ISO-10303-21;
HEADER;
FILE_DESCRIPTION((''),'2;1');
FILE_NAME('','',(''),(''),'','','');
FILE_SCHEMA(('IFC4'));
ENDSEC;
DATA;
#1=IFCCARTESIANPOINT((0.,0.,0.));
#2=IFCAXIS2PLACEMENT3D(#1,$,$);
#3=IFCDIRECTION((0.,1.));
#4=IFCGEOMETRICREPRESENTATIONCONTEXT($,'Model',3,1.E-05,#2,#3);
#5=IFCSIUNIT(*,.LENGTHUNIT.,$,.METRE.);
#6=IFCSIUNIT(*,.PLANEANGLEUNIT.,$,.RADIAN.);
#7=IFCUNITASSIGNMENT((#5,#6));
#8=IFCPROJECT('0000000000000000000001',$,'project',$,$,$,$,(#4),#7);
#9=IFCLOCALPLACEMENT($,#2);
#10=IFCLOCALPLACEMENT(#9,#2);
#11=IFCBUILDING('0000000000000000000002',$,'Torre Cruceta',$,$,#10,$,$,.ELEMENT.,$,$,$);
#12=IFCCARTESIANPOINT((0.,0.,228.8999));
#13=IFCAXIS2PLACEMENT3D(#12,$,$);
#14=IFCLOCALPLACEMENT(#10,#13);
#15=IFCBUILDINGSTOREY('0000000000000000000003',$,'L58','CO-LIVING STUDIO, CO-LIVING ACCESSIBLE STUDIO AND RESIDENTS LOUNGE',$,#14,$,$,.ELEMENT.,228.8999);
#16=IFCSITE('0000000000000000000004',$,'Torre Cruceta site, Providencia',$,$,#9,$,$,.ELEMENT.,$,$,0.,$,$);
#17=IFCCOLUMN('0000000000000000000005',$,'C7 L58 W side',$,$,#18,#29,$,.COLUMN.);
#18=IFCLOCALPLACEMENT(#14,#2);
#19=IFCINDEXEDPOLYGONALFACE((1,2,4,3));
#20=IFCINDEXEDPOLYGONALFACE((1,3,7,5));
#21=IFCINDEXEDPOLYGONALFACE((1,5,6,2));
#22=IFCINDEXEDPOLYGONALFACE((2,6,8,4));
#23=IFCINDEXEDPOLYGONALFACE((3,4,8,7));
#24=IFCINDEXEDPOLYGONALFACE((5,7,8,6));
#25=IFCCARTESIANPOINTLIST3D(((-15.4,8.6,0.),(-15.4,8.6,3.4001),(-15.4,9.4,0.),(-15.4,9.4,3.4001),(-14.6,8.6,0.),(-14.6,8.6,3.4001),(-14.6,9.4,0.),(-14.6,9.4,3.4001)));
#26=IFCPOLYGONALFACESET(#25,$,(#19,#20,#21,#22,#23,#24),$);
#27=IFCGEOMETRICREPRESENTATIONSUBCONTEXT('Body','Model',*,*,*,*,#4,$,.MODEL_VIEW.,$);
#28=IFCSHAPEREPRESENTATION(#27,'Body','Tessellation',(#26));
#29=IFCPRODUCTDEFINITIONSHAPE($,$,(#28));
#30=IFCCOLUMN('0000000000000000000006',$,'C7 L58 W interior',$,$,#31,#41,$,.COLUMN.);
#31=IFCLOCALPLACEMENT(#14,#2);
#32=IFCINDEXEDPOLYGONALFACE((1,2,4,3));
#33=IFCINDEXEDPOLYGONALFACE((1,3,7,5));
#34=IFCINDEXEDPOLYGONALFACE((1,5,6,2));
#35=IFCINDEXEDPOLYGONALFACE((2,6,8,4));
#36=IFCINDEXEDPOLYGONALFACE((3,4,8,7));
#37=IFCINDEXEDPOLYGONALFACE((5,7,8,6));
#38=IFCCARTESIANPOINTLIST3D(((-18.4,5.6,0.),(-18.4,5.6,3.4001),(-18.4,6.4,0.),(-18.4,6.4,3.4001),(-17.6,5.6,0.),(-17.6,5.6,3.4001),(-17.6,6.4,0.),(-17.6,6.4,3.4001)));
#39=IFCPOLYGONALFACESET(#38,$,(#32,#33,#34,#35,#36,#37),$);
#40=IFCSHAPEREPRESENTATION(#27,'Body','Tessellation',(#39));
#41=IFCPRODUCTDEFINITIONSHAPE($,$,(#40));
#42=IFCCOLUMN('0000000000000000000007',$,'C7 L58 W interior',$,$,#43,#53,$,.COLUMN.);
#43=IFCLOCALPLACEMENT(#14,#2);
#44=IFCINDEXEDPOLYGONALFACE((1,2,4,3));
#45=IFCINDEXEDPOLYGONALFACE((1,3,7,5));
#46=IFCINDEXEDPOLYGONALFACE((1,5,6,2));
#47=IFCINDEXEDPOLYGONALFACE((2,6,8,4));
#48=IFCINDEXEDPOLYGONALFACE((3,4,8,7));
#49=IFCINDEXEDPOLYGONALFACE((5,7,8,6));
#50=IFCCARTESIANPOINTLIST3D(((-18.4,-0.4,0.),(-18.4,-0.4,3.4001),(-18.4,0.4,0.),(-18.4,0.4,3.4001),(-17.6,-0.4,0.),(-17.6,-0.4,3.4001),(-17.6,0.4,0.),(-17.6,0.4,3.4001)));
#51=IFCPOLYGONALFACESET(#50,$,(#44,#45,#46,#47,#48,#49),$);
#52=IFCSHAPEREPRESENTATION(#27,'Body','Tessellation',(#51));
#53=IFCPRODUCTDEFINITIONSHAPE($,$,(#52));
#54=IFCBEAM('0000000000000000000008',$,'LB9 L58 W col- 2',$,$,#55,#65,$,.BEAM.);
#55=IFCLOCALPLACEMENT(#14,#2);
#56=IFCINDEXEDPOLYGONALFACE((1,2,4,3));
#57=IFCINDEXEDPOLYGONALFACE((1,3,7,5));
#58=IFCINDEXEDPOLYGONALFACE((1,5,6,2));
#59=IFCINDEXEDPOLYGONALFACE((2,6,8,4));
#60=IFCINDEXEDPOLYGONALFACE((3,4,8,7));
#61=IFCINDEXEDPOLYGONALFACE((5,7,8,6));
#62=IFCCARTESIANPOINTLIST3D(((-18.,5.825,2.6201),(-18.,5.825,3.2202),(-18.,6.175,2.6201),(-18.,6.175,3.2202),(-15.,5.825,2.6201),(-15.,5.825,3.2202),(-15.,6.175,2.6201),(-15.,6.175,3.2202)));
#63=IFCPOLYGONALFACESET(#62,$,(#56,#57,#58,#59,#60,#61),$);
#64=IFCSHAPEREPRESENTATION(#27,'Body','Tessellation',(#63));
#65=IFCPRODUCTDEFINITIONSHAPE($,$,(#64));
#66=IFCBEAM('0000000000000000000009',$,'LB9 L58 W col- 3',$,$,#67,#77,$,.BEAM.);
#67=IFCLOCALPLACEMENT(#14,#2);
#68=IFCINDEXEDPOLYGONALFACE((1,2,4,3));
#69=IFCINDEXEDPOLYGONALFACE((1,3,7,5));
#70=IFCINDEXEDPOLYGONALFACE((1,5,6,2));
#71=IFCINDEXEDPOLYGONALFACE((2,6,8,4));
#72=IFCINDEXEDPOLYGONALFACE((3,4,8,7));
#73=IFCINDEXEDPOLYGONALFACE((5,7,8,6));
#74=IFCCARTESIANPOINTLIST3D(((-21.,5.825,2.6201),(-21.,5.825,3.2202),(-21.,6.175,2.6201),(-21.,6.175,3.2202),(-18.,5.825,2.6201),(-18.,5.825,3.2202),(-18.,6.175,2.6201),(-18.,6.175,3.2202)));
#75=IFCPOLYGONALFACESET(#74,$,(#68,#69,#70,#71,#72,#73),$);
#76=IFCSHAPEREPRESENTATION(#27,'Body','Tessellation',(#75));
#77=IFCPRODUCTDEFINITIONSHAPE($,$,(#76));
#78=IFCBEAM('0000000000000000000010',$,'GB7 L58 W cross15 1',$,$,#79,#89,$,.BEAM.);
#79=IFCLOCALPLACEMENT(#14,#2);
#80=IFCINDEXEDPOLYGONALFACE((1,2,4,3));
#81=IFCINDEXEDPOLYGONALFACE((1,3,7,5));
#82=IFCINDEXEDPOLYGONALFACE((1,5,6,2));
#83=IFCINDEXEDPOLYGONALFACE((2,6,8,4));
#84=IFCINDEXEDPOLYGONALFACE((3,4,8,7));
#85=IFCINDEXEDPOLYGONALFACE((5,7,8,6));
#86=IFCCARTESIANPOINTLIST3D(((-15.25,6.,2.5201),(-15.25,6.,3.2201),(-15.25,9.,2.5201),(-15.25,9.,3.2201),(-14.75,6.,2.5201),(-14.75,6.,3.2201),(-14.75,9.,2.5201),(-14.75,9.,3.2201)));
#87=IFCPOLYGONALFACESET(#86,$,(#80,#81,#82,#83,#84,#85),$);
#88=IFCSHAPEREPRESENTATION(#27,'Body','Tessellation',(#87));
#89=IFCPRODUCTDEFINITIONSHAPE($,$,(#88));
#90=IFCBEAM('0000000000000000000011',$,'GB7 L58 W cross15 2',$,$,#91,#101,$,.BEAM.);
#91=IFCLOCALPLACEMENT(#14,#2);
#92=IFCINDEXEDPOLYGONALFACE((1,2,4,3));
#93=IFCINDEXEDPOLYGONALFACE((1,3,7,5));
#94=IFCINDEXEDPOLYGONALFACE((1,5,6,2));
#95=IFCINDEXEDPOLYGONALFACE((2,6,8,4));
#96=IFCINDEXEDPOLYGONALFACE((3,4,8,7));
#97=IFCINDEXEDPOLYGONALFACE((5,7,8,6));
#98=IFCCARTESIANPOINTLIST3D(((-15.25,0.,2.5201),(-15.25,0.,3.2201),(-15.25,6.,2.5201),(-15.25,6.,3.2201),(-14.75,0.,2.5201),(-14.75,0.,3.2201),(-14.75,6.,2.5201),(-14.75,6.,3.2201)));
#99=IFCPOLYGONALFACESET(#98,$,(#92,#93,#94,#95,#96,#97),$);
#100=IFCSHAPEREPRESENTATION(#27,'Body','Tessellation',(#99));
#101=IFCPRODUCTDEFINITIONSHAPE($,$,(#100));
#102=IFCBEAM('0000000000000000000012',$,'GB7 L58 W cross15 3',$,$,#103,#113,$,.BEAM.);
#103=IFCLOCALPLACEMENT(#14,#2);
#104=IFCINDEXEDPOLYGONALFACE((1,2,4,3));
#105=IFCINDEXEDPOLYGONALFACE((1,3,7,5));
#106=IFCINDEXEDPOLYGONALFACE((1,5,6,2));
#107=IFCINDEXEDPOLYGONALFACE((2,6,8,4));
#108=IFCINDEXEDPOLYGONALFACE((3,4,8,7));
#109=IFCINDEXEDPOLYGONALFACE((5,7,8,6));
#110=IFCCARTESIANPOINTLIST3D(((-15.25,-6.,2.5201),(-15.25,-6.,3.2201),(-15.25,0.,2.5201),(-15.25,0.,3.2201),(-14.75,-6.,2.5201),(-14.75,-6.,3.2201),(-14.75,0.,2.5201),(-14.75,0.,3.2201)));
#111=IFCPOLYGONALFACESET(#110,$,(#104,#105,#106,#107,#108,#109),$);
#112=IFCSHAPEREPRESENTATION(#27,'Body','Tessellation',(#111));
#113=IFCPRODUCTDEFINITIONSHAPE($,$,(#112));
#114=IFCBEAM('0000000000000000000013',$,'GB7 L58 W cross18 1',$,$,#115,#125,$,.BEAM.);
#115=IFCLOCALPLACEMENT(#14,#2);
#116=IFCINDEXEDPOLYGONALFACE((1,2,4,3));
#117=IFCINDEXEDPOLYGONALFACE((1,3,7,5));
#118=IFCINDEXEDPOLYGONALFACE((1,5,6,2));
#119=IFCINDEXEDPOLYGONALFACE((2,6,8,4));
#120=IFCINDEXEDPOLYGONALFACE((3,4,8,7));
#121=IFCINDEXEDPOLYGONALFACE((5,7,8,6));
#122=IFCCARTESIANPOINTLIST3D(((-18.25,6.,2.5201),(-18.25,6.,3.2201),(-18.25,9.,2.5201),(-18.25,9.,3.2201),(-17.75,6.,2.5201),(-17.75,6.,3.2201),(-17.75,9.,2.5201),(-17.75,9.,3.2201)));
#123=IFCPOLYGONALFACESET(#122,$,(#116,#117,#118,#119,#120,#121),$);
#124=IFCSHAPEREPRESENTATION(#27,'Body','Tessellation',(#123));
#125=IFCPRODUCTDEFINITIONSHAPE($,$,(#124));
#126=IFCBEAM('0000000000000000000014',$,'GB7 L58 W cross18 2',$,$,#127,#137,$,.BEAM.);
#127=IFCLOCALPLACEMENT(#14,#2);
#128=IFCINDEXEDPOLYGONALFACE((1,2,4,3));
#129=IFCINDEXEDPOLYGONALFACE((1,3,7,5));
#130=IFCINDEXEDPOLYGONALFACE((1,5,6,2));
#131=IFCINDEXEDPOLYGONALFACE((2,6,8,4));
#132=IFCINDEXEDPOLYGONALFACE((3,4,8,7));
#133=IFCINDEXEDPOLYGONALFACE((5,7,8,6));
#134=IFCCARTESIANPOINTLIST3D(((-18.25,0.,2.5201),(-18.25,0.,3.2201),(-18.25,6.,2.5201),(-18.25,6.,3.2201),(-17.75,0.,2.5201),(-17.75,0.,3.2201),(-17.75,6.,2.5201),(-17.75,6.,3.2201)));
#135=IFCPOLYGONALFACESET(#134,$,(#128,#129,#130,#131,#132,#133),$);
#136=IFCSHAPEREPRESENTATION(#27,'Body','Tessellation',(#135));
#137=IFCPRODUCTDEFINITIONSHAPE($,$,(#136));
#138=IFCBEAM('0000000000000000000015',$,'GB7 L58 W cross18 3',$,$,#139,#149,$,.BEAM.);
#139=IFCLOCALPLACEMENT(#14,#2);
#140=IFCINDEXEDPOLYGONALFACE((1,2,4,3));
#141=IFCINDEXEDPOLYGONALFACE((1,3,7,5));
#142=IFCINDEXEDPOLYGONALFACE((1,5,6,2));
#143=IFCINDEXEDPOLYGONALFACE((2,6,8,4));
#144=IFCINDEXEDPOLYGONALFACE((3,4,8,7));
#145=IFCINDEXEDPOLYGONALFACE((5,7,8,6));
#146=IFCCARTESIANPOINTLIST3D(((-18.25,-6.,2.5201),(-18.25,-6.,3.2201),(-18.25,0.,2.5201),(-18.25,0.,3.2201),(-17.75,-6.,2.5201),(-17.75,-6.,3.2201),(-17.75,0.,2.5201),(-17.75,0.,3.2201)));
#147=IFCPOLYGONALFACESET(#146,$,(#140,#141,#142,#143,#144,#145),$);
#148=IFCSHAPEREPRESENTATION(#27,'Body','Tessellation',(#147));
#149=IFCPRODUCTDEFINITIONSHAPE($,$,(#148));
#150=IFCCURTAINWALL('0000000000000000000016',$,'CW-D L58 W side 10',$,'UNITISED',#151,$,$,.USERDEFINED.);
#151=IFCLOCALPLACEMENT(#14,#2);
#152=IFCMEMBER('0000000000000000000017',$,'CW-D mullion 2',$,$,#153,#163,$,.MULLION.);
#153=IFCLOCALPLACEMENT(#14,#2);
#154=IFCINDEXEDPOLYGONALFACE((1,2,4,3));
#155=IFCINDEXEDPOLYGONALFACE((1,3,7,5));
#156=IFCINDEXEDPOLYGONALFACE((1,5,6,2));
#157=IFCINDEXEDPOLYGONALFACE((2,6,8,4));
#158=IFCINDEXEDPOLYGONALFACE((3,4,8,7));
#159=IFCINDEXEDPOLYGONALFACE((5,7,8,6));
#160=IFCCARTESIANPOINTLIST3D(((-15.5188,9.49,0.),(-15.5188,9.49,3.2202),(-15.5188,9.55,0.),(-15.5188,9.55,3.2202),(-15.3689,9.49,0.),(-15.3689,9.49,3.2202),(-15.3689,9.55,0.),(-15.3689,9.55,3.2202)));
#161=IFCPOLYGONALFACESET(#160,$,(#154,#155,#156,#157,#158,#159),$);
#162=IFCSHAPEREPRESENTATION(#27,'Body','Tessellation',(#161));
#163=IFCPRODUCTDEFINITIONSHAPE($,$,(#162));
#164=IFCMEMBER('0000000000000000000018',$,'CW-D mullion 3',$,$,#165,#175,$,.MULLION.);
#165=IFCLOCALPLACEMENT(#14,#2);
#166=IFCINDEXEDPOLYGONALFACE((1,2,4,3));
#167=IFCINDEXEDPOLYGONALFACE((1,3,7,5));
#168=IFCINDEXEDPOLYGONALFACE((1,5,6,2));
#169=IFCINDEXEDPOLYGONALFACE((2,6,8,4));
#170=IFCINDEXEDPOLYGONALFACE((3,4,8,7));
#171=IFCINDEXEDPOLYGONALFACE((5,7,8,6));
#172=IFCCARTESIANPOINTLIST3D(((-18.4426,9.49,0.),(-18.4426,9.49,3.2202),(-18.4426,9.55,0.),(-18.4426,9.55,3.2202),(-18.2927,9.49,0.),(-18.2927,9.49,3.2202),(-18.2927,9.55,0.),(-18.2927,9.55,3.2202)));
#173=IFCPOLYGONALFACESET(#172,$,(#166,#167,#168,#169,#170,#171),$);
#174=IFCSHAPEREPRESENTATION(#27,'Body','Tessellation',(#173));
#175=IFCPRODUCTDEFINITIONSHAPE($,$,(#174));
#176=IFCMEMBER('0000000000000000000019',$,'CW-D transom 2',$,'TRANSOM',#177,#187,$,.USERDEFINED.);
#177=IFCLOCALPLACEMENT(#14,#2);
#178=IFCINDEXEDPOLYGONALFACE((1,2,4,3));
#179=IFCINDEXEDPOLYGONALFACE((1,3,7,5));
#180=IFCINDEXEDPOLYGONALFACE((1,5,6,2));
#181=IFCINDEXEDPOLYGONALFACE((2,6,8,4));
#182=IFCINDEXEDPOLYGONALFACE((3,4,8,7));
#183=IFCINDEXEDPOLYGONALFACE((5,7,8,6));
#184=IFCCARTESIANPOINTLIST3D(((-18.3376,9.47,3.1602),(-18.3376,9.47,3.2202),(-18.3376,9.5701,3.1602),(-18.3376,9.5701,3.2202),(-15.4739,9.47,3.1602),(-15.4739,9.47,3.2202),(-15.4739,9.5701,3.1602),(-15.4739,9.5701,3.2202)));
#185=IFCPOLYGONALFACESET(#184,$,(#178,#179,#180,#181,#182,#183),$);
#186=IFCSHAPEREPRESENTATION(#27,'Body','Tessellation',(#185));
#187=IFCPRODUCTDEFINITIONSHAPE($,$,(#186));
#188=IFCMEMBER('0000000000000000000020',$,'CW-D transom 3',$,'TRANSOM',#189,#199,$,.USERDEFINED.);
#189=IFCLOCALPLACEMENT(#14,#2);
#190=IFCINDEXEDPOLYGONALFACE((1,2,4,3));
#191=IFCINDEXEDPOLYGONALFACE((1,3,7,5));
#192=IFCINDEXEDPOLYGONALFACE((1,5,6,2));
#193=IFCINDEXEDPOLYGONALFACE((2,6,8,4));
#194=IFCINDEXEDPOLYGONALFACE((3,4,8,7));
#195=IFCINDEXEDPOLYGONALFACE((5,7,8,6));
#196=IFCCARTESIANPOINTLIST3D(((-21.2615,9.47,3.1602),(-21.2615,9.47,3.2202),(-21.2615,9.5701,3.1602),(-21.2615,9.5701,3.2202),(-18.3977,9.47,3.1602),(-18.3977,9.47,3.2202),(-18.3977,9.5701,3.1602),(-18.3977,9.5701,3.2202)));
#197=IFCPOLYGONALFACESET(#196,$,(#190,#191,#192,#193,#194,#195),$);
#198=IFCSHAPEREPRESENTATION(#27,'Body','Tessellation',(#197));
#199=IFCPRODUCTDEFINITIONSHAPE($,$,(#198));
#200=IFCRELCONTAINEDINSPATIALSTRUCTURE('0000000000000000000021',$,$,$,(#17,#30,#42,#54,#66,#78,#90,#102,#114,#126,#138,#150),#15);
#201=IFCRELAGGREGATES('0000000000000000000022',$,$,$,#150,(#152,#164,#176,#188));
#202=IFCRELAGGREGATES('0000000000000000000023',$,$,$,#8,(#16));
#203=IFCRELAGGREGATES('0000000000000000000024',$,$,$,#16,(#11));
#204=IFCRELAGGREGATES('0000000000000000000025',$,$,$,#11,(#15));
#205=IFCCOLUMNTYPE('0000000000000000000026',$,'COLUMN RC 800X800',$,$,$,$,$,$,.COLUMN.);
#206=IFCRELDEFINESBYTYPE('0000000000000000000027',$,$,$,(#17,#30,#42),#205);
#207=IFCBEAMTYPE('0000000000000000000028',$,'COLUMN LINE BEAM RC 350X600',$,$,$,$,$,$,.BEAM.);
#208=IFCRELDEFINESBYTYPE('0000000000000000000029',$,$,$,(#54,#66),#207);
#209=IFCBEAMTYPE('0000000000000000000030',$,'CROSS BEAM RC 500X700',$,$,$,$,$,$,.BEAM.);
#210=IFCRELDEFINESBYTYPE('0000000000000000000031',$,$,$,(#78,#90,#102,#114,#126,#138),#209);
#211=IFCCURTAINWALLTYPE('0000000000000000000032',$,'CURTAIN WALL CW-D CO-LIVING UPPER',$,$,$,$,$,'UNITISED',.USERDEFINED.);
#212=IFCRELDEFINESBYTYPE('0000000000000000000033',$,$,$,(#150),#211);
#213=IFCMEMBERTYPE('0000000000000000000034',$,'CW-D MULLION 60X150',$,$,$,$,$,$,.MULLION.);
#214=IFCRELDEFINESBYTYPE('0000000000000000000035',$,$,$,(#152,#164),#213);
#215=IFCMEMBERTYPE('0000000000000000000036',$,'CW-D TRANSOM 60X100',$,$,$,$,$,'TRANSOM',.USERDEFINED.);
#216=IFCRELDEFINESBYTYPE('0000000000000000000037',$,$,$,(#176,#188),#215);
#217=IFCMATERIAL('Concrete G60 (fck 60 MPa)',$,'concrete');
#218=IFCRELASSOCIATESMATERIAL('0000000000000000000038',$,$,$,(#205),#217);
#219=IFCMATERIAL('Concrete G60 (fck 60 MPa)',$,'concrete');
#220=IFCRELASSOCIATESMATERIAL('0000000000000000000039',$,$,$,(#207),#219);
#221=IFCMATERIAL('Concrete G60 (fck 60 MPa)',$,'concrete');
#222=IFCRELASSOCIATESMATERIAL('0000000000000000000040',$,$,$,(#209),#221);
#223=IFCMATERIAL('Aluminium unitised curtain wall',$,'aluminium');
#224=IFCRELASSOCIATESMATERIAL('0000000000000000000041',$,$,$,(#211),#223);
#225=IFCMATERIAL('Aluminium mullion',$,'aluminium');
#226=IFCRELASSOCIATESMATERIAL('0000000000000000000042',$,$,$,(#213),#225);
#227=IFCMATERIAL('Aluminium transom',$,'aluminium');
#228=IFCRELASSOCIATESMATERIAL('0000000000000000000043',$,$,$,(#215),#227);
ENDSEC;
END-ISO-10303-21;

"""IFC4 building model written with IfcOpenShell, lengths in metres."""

from ifc_helpers import new_model, si_unit, direction, frame, origin, origin_2d, place, context, subcontext, project, spatial, rectangle, extrude, material, material_profile, profile_set, type_object, element, aggregate, save


model = new_model("IFC4")

# Units and contexts
model_context = context("Model", 3, precision=1e-05, world=origin(), true_north=direction((0.0, 1.0)))
body_context = subcontext(model_context, "Body", "Model", "MODEL_VIEW")
ifc_project = project(units=[si_unit("LENGTHUNIT", "METRE"), si_unit("PLANEANGLEUNIT", "RADIAN")], contexts=[model_context])

# Site, building, storey
site_placement = place(None, origin())
site = spatial("IfcSite", under=ifc_project, at=site_placement, Name="Torre Cruceta site, Providencia", CompositionType="ELEMENT", RefElevation=0.0)
building_placement = place(site_placement, origin())
building = spatial("IfcBuilding", under=site, at=building_placement, Name="Torre Cruceta", CompositionType="ELEMENT")
storey_placement = place(building_placement, frame((0.0, 0.0, 228.8999)))
storey = spatial("IfcBuildingStorey", under=building, at=storey_placement, Name="L58", Description="CO-LIVING STUDIO, CO-LIVING ACCESSIBLE STUDIO AND RESIDENTS LOUNGE", CompositionType="ELEMENT", Elevation=228.8999)

# Columns
ifc_material_1 = material(Name="Concrete G60 (fck 60 MPa)", Category="concrete")
ifc_material_profile_1 = material_profile(ifc_material_1, rectangle(XDim=0.8, YDim=0.8, at=origin_2d()), Name="RC 800X800")
ifc_profile_set_1 = profile_set([ifc_material_profile_1], Name="Concrete G60 (fck 60 MPa)")
column_type = type_object("IfcColumnType", Name="COLUMN RC 800X800", PredefinedType="COLUMN", material=ifc_profile_set_1)
for number, where, z_axis, x_axis, name in (
    (1, (-15.0, 9.0, 0.0), (0.0, 0.0, 1.0), (1.0, 0.0, 0.0), "C7 L58 W side"),
    (2, (-18.0, 6.0, 0.0), (0.0, 0.0, 1.0), (1.0, 0.0, 0.0), "C7 L58 W interior"),
    (3, (-18.0, 0.0, 0.0), (0.0, 0.0, 1.0), (1.0, 0.0, 0.0), "C7 L58 W interior"),
):
    element("IfcColumn", number, at=place(storey_placement, frame(where, z_axis=z_axis, x_axis=x_axis)), inside=storey, type_object=column_type, Name=name, PredefinedType="COLUMN", context=body_context, shape_type="SweptSolid", body=[
        extrude(rectangle(XDim=0.8, YDim=0.8, at=origin_2d()), origin(), (0.0, 0.0, 1.0), 3.4001),
    ])

# Beams
ifc_material_2 = material(Name="Concrete G60 (fck 60 MPa)", Category="concrete")
ifc_material_profile_2 = material_profile(ifc_material_2, rectangle(XDim=0.3501, YDim=0.6001, at=origin_2d()), Name="RC 350X600")
ifc_profile_set_2 = profile_set([ifc_material_profile_2], Name="Concrete G60 (fck 60 MPa)")
beam_type_1 = type_object("IfcBeamType", Name="COLUMN LINE BEAM RC 350X600", PredefinedType="BEAM", material=ifc_profile_set_2)
for number, where, z_axis, x_axis, name in (
    (4, (-15.0, 6.0, 2.9202), (-1.0, 0.0, 0.0), (0.0, -1.0, 0.0), "LB9 L58 W col- 2"),
    (5, (-18.0, 6.0, 2.9202), (-1.0, 0.0, 0.0), (0.0, -1.0, 0.0), "LB9 L58 W col- 3"),
):
    element("IfcBeam", number, at=place(storey_placement, frame(where, z_axis=z_axis, x_axis=x_axis)), inside=storey, type_object=beam_type_1, Name=name, PredefinedType="BEAM", context=body_context, shape_type="SweptSolid", body=[
        extrude(rectangle(XDim=0.3501, YDim=0.6001, at=origin_2d()), origin(), (0.0, 0.0, 1.0), 3.0),
    ])
ifc_material_3 = material(Name="Concrete G60 (fck 60 MPa)", Category="concrete")
ifc_material_profile_3 = material_profile(ifc_material_3, rectangle(XDim=0.5, YDim=0.7, at=origin_2d()), Name="RC 500X700")
ifc_profile_set_3 = profile_set([ifc_material_profile_3], Name="Concrete G60 (fck 60 MPa)")
beam_type_2 = type_object("IfcBeamType", Name="CROSS BEAM RC 500X700", PredefinedType="BEAM", material=ifc_profile_set_3)
beam_1_placement = place(storey_placement, frame((-15.0, 9.0, 2.8701), z_axis=(0.0, -1.0, 0.0), x_axis=(1.0, 0.0, 0.0)))
element("IfcBeam", 6, at=beam_1_placement, inside=storey, type_object=beam_type_2, Name="GB7 L58 W cross15 1", PredefinedType="BEAM", context=body_context, shape_type="SweptSolid", body=[
    extrude(rectangle(XDim=0.5, YDim=0.7, at=origin_2d()), origin(), (0.0, 0.0, 1.0), 3.0),
])
for number, where, z_axis, x_axis, name in (
    (7, (-15.0, 6.0, 2.8701), (0.0, -1.0, 0.0), (1.0, 0.0, 0.0), "GB7 L58 W cross15 2"),
    (8, (-15.0, 0.0, 2.8701), (0.0, -1.0, 0.0), (1.0, 0.0, 0.0), "GB7 L58 W cross15 3"),
):
    element("IfcBeam", number, at=place(storey_placement, frame(where, z_axis=z_axis, x_axis=x_axis)), inside=storey, type_object=beam_type_2, Name=name, PredefinedType="BEAM", context=body_context, shape_type="SweptSolid", body=[
        extrude(rectangle(XDim=0.5, YDim=0.7, at=origin_2d()), origin(), (0.0, 0.0, 1.0), 6.0),
    ])
beam_2_placement = place(storey_placement, frame((-18.0, 9.0, 2.8701), z_axis=(0.0, -1.0, 0.0), x_axis=(1.0, 0.0, 0.0)))
element("IfcBeam", 9, at=beam_2_placement, inside=storey, type_object=beam_type_2, Name="GB7 L58 W cross18 1", PredefinedType="BEAM", context=body_context, shape_type="SweptSolid", body=[
    extrude(rectangle(XDim=0.5, YDim=0.7, at=origin_2d()), origin(), (0.0, 0.0, 1.0), 3.0),
])
for number, where, z_axis, x_axis, name in (
    (10, (-18.0, 6.0, 2.8701), (0.0, -1.0, 0.0), (1.0, 0.0, 0.0), "GB7 L58 W cross18 2"),
    (11, (-18.0, 0.0, 2.8701), (0.0, -1.0, 0.0), (1.0, 0.0, 0.0), "GB7 L58 W cross18 3"),
):
    element("IfcBeam", number, at=place(storey_placement, frame(where, z_axis=z_axis, x_axis=x_axis)), inside=storey, type_object=beam_type_2, Name=name, PredefinedType="BEAM", context=body_context, shape_type="SweptSolid", body=[
        extrude(rectangle(XDim=0.5, YDim=0.7, at=origin_2d()), origin(), (0.0, 0.0, 1.0), 6.0),
    ])

# Curtain wall, members
ifc_material_4 = material(Name="Aluminium unitised curtain wall", Category="aluminium")
curtain_wall_type = type_object("IfcCurtainWallType", Name="CURTAIN WALL CW-D CO-LIVING UPPER", ElementType="UNITISED", PredefinedType="USERDEFINED", material=ifc_material_4)
curtain_wall_placement = place(storey_placement, origin())
curtain_wall = element("IfcCurtainWall", 12, at=curtain_wall_placement, inside=storey, type_object=curtain_wall_type, Name="CW-D L58 W side 10", ObjectType="UNITISED", PredefinedType="USERDEFINED")
ifc_material_5 = material(Name="Aluminium mullion", Category="aluminium")
ifc_material_profile_4 = material_profile(ifc_material_5, rectangle(XDim=0.0601, YDim=0.1499, at=origin_2d()), Name="AL 60X150")
ifc_profile_set_4 = profile_set([ifc_material_profile_4], Name="Aluminium mullion")
member_type_1 = type_object("IfcMemberType", Name="CW-D MULLION 60X150", PredefinedType="MULLION", material=ifc_profile_set_4)
member_1_placement = place(storey_placement, frame((-15.4438, 9.52, 0.0), z_axis=(0.0, 0.0, 1.0), x_axis=(0.0, -1.0, 0.0)))
member_1 = element("IfcMember", 13, at=member_1_placement, type_object=member_type_1, Name="CW-D mullion 2", PredefinedType="MULLION", context=body_context, shape_type="SweptSolid", body=[
    extrude(rectangle(XDim=0.0601, YDim=0.1499, at=origin_2d()), origin(), (0.0, 0.0, 1.0), 3.2202),
])
member_2_placement = place(storey_placement, frame((-18.3677, 9.52, 0.0), z_axis=(0.0, 0.0, 1.0), x_axis=(0.0, -1.0, 0.0)))
member_2 = element("IfcMember", 14, at=member_2_placement, type_object=member_type_1, Name="CW-D mullion 3", PredefinedType="MULLION", context=body_context, shape_type="SweptSolid", body=[
    extrude(rectangle(XDim=0.0601, YDim=0.1499, at=origin_2d()), origin(), (0.0, 0.0, 1.0), 3.2202),
])
ifc_material_6 = material(Name="Aluminium transom", Category="aluminium")
ifc_material_profile_5 = material_profile(ifc_material_6, rectangle(XDim=0.1001, YDim=0.0601, at=origin_2d()), Name="AL 100X60")
ifc_profile_set_5 = profile_set([ifc_material_profile_5], Name="Aluminium transom")
member_type_2 = type_object("IfcMemberType", Name="CW-D TRANSOM 60X100", ElementType="TRANSOM", PredefinedType="USERDEFINED", material=ifc_profile_set_5)
member_3_placement = place(storey_placement, frame((-15.4739, 9.52, 3.1902), z_axis=(-1.0, 0.0, 0.0), x_axis=(0.0, -1.0, 0.0)))
member_3 = element("IfcMember", 15, at=member_3_placement, type_object=member_type_2, Name="CW-D transom 2", ObjectType="TRANSOM", PredefinedType="USERDEFINED", context=body_context, shape_type="SweptSolid", body=[
    extrude(rectangle(XDim=0.1001, YDim=0.0601, at=origin_2d()), origin(), (0.0, 0.0, 1.0), 2.8638),
])
member_4_placement = place(storey_placement, frame((-18.3977, 9.52, 3.1902), z_axis=(-1.0, 0.0, 0.0), x_axis=(0.0, -1.0, 0.0)))
member_4 = element("IfcMember", 16, at=member_4_placement, type_object=member_type_2, Name="CW-D transom 3", ObjectType="TRANSOM", PredefinedType="USERDEFINED", context=body_context, shape_type="SweptSolid", body=[
    extrude(rectangle(XDim=0.1001, YDim=0.0601, at=origin_2d()), origin(), (0.0, 0.0, 1.0), 2.8638),
])

aggregate(curtain_wall, [member_1, member_2, member_3, member_4])

save(model, "model.ifc")
